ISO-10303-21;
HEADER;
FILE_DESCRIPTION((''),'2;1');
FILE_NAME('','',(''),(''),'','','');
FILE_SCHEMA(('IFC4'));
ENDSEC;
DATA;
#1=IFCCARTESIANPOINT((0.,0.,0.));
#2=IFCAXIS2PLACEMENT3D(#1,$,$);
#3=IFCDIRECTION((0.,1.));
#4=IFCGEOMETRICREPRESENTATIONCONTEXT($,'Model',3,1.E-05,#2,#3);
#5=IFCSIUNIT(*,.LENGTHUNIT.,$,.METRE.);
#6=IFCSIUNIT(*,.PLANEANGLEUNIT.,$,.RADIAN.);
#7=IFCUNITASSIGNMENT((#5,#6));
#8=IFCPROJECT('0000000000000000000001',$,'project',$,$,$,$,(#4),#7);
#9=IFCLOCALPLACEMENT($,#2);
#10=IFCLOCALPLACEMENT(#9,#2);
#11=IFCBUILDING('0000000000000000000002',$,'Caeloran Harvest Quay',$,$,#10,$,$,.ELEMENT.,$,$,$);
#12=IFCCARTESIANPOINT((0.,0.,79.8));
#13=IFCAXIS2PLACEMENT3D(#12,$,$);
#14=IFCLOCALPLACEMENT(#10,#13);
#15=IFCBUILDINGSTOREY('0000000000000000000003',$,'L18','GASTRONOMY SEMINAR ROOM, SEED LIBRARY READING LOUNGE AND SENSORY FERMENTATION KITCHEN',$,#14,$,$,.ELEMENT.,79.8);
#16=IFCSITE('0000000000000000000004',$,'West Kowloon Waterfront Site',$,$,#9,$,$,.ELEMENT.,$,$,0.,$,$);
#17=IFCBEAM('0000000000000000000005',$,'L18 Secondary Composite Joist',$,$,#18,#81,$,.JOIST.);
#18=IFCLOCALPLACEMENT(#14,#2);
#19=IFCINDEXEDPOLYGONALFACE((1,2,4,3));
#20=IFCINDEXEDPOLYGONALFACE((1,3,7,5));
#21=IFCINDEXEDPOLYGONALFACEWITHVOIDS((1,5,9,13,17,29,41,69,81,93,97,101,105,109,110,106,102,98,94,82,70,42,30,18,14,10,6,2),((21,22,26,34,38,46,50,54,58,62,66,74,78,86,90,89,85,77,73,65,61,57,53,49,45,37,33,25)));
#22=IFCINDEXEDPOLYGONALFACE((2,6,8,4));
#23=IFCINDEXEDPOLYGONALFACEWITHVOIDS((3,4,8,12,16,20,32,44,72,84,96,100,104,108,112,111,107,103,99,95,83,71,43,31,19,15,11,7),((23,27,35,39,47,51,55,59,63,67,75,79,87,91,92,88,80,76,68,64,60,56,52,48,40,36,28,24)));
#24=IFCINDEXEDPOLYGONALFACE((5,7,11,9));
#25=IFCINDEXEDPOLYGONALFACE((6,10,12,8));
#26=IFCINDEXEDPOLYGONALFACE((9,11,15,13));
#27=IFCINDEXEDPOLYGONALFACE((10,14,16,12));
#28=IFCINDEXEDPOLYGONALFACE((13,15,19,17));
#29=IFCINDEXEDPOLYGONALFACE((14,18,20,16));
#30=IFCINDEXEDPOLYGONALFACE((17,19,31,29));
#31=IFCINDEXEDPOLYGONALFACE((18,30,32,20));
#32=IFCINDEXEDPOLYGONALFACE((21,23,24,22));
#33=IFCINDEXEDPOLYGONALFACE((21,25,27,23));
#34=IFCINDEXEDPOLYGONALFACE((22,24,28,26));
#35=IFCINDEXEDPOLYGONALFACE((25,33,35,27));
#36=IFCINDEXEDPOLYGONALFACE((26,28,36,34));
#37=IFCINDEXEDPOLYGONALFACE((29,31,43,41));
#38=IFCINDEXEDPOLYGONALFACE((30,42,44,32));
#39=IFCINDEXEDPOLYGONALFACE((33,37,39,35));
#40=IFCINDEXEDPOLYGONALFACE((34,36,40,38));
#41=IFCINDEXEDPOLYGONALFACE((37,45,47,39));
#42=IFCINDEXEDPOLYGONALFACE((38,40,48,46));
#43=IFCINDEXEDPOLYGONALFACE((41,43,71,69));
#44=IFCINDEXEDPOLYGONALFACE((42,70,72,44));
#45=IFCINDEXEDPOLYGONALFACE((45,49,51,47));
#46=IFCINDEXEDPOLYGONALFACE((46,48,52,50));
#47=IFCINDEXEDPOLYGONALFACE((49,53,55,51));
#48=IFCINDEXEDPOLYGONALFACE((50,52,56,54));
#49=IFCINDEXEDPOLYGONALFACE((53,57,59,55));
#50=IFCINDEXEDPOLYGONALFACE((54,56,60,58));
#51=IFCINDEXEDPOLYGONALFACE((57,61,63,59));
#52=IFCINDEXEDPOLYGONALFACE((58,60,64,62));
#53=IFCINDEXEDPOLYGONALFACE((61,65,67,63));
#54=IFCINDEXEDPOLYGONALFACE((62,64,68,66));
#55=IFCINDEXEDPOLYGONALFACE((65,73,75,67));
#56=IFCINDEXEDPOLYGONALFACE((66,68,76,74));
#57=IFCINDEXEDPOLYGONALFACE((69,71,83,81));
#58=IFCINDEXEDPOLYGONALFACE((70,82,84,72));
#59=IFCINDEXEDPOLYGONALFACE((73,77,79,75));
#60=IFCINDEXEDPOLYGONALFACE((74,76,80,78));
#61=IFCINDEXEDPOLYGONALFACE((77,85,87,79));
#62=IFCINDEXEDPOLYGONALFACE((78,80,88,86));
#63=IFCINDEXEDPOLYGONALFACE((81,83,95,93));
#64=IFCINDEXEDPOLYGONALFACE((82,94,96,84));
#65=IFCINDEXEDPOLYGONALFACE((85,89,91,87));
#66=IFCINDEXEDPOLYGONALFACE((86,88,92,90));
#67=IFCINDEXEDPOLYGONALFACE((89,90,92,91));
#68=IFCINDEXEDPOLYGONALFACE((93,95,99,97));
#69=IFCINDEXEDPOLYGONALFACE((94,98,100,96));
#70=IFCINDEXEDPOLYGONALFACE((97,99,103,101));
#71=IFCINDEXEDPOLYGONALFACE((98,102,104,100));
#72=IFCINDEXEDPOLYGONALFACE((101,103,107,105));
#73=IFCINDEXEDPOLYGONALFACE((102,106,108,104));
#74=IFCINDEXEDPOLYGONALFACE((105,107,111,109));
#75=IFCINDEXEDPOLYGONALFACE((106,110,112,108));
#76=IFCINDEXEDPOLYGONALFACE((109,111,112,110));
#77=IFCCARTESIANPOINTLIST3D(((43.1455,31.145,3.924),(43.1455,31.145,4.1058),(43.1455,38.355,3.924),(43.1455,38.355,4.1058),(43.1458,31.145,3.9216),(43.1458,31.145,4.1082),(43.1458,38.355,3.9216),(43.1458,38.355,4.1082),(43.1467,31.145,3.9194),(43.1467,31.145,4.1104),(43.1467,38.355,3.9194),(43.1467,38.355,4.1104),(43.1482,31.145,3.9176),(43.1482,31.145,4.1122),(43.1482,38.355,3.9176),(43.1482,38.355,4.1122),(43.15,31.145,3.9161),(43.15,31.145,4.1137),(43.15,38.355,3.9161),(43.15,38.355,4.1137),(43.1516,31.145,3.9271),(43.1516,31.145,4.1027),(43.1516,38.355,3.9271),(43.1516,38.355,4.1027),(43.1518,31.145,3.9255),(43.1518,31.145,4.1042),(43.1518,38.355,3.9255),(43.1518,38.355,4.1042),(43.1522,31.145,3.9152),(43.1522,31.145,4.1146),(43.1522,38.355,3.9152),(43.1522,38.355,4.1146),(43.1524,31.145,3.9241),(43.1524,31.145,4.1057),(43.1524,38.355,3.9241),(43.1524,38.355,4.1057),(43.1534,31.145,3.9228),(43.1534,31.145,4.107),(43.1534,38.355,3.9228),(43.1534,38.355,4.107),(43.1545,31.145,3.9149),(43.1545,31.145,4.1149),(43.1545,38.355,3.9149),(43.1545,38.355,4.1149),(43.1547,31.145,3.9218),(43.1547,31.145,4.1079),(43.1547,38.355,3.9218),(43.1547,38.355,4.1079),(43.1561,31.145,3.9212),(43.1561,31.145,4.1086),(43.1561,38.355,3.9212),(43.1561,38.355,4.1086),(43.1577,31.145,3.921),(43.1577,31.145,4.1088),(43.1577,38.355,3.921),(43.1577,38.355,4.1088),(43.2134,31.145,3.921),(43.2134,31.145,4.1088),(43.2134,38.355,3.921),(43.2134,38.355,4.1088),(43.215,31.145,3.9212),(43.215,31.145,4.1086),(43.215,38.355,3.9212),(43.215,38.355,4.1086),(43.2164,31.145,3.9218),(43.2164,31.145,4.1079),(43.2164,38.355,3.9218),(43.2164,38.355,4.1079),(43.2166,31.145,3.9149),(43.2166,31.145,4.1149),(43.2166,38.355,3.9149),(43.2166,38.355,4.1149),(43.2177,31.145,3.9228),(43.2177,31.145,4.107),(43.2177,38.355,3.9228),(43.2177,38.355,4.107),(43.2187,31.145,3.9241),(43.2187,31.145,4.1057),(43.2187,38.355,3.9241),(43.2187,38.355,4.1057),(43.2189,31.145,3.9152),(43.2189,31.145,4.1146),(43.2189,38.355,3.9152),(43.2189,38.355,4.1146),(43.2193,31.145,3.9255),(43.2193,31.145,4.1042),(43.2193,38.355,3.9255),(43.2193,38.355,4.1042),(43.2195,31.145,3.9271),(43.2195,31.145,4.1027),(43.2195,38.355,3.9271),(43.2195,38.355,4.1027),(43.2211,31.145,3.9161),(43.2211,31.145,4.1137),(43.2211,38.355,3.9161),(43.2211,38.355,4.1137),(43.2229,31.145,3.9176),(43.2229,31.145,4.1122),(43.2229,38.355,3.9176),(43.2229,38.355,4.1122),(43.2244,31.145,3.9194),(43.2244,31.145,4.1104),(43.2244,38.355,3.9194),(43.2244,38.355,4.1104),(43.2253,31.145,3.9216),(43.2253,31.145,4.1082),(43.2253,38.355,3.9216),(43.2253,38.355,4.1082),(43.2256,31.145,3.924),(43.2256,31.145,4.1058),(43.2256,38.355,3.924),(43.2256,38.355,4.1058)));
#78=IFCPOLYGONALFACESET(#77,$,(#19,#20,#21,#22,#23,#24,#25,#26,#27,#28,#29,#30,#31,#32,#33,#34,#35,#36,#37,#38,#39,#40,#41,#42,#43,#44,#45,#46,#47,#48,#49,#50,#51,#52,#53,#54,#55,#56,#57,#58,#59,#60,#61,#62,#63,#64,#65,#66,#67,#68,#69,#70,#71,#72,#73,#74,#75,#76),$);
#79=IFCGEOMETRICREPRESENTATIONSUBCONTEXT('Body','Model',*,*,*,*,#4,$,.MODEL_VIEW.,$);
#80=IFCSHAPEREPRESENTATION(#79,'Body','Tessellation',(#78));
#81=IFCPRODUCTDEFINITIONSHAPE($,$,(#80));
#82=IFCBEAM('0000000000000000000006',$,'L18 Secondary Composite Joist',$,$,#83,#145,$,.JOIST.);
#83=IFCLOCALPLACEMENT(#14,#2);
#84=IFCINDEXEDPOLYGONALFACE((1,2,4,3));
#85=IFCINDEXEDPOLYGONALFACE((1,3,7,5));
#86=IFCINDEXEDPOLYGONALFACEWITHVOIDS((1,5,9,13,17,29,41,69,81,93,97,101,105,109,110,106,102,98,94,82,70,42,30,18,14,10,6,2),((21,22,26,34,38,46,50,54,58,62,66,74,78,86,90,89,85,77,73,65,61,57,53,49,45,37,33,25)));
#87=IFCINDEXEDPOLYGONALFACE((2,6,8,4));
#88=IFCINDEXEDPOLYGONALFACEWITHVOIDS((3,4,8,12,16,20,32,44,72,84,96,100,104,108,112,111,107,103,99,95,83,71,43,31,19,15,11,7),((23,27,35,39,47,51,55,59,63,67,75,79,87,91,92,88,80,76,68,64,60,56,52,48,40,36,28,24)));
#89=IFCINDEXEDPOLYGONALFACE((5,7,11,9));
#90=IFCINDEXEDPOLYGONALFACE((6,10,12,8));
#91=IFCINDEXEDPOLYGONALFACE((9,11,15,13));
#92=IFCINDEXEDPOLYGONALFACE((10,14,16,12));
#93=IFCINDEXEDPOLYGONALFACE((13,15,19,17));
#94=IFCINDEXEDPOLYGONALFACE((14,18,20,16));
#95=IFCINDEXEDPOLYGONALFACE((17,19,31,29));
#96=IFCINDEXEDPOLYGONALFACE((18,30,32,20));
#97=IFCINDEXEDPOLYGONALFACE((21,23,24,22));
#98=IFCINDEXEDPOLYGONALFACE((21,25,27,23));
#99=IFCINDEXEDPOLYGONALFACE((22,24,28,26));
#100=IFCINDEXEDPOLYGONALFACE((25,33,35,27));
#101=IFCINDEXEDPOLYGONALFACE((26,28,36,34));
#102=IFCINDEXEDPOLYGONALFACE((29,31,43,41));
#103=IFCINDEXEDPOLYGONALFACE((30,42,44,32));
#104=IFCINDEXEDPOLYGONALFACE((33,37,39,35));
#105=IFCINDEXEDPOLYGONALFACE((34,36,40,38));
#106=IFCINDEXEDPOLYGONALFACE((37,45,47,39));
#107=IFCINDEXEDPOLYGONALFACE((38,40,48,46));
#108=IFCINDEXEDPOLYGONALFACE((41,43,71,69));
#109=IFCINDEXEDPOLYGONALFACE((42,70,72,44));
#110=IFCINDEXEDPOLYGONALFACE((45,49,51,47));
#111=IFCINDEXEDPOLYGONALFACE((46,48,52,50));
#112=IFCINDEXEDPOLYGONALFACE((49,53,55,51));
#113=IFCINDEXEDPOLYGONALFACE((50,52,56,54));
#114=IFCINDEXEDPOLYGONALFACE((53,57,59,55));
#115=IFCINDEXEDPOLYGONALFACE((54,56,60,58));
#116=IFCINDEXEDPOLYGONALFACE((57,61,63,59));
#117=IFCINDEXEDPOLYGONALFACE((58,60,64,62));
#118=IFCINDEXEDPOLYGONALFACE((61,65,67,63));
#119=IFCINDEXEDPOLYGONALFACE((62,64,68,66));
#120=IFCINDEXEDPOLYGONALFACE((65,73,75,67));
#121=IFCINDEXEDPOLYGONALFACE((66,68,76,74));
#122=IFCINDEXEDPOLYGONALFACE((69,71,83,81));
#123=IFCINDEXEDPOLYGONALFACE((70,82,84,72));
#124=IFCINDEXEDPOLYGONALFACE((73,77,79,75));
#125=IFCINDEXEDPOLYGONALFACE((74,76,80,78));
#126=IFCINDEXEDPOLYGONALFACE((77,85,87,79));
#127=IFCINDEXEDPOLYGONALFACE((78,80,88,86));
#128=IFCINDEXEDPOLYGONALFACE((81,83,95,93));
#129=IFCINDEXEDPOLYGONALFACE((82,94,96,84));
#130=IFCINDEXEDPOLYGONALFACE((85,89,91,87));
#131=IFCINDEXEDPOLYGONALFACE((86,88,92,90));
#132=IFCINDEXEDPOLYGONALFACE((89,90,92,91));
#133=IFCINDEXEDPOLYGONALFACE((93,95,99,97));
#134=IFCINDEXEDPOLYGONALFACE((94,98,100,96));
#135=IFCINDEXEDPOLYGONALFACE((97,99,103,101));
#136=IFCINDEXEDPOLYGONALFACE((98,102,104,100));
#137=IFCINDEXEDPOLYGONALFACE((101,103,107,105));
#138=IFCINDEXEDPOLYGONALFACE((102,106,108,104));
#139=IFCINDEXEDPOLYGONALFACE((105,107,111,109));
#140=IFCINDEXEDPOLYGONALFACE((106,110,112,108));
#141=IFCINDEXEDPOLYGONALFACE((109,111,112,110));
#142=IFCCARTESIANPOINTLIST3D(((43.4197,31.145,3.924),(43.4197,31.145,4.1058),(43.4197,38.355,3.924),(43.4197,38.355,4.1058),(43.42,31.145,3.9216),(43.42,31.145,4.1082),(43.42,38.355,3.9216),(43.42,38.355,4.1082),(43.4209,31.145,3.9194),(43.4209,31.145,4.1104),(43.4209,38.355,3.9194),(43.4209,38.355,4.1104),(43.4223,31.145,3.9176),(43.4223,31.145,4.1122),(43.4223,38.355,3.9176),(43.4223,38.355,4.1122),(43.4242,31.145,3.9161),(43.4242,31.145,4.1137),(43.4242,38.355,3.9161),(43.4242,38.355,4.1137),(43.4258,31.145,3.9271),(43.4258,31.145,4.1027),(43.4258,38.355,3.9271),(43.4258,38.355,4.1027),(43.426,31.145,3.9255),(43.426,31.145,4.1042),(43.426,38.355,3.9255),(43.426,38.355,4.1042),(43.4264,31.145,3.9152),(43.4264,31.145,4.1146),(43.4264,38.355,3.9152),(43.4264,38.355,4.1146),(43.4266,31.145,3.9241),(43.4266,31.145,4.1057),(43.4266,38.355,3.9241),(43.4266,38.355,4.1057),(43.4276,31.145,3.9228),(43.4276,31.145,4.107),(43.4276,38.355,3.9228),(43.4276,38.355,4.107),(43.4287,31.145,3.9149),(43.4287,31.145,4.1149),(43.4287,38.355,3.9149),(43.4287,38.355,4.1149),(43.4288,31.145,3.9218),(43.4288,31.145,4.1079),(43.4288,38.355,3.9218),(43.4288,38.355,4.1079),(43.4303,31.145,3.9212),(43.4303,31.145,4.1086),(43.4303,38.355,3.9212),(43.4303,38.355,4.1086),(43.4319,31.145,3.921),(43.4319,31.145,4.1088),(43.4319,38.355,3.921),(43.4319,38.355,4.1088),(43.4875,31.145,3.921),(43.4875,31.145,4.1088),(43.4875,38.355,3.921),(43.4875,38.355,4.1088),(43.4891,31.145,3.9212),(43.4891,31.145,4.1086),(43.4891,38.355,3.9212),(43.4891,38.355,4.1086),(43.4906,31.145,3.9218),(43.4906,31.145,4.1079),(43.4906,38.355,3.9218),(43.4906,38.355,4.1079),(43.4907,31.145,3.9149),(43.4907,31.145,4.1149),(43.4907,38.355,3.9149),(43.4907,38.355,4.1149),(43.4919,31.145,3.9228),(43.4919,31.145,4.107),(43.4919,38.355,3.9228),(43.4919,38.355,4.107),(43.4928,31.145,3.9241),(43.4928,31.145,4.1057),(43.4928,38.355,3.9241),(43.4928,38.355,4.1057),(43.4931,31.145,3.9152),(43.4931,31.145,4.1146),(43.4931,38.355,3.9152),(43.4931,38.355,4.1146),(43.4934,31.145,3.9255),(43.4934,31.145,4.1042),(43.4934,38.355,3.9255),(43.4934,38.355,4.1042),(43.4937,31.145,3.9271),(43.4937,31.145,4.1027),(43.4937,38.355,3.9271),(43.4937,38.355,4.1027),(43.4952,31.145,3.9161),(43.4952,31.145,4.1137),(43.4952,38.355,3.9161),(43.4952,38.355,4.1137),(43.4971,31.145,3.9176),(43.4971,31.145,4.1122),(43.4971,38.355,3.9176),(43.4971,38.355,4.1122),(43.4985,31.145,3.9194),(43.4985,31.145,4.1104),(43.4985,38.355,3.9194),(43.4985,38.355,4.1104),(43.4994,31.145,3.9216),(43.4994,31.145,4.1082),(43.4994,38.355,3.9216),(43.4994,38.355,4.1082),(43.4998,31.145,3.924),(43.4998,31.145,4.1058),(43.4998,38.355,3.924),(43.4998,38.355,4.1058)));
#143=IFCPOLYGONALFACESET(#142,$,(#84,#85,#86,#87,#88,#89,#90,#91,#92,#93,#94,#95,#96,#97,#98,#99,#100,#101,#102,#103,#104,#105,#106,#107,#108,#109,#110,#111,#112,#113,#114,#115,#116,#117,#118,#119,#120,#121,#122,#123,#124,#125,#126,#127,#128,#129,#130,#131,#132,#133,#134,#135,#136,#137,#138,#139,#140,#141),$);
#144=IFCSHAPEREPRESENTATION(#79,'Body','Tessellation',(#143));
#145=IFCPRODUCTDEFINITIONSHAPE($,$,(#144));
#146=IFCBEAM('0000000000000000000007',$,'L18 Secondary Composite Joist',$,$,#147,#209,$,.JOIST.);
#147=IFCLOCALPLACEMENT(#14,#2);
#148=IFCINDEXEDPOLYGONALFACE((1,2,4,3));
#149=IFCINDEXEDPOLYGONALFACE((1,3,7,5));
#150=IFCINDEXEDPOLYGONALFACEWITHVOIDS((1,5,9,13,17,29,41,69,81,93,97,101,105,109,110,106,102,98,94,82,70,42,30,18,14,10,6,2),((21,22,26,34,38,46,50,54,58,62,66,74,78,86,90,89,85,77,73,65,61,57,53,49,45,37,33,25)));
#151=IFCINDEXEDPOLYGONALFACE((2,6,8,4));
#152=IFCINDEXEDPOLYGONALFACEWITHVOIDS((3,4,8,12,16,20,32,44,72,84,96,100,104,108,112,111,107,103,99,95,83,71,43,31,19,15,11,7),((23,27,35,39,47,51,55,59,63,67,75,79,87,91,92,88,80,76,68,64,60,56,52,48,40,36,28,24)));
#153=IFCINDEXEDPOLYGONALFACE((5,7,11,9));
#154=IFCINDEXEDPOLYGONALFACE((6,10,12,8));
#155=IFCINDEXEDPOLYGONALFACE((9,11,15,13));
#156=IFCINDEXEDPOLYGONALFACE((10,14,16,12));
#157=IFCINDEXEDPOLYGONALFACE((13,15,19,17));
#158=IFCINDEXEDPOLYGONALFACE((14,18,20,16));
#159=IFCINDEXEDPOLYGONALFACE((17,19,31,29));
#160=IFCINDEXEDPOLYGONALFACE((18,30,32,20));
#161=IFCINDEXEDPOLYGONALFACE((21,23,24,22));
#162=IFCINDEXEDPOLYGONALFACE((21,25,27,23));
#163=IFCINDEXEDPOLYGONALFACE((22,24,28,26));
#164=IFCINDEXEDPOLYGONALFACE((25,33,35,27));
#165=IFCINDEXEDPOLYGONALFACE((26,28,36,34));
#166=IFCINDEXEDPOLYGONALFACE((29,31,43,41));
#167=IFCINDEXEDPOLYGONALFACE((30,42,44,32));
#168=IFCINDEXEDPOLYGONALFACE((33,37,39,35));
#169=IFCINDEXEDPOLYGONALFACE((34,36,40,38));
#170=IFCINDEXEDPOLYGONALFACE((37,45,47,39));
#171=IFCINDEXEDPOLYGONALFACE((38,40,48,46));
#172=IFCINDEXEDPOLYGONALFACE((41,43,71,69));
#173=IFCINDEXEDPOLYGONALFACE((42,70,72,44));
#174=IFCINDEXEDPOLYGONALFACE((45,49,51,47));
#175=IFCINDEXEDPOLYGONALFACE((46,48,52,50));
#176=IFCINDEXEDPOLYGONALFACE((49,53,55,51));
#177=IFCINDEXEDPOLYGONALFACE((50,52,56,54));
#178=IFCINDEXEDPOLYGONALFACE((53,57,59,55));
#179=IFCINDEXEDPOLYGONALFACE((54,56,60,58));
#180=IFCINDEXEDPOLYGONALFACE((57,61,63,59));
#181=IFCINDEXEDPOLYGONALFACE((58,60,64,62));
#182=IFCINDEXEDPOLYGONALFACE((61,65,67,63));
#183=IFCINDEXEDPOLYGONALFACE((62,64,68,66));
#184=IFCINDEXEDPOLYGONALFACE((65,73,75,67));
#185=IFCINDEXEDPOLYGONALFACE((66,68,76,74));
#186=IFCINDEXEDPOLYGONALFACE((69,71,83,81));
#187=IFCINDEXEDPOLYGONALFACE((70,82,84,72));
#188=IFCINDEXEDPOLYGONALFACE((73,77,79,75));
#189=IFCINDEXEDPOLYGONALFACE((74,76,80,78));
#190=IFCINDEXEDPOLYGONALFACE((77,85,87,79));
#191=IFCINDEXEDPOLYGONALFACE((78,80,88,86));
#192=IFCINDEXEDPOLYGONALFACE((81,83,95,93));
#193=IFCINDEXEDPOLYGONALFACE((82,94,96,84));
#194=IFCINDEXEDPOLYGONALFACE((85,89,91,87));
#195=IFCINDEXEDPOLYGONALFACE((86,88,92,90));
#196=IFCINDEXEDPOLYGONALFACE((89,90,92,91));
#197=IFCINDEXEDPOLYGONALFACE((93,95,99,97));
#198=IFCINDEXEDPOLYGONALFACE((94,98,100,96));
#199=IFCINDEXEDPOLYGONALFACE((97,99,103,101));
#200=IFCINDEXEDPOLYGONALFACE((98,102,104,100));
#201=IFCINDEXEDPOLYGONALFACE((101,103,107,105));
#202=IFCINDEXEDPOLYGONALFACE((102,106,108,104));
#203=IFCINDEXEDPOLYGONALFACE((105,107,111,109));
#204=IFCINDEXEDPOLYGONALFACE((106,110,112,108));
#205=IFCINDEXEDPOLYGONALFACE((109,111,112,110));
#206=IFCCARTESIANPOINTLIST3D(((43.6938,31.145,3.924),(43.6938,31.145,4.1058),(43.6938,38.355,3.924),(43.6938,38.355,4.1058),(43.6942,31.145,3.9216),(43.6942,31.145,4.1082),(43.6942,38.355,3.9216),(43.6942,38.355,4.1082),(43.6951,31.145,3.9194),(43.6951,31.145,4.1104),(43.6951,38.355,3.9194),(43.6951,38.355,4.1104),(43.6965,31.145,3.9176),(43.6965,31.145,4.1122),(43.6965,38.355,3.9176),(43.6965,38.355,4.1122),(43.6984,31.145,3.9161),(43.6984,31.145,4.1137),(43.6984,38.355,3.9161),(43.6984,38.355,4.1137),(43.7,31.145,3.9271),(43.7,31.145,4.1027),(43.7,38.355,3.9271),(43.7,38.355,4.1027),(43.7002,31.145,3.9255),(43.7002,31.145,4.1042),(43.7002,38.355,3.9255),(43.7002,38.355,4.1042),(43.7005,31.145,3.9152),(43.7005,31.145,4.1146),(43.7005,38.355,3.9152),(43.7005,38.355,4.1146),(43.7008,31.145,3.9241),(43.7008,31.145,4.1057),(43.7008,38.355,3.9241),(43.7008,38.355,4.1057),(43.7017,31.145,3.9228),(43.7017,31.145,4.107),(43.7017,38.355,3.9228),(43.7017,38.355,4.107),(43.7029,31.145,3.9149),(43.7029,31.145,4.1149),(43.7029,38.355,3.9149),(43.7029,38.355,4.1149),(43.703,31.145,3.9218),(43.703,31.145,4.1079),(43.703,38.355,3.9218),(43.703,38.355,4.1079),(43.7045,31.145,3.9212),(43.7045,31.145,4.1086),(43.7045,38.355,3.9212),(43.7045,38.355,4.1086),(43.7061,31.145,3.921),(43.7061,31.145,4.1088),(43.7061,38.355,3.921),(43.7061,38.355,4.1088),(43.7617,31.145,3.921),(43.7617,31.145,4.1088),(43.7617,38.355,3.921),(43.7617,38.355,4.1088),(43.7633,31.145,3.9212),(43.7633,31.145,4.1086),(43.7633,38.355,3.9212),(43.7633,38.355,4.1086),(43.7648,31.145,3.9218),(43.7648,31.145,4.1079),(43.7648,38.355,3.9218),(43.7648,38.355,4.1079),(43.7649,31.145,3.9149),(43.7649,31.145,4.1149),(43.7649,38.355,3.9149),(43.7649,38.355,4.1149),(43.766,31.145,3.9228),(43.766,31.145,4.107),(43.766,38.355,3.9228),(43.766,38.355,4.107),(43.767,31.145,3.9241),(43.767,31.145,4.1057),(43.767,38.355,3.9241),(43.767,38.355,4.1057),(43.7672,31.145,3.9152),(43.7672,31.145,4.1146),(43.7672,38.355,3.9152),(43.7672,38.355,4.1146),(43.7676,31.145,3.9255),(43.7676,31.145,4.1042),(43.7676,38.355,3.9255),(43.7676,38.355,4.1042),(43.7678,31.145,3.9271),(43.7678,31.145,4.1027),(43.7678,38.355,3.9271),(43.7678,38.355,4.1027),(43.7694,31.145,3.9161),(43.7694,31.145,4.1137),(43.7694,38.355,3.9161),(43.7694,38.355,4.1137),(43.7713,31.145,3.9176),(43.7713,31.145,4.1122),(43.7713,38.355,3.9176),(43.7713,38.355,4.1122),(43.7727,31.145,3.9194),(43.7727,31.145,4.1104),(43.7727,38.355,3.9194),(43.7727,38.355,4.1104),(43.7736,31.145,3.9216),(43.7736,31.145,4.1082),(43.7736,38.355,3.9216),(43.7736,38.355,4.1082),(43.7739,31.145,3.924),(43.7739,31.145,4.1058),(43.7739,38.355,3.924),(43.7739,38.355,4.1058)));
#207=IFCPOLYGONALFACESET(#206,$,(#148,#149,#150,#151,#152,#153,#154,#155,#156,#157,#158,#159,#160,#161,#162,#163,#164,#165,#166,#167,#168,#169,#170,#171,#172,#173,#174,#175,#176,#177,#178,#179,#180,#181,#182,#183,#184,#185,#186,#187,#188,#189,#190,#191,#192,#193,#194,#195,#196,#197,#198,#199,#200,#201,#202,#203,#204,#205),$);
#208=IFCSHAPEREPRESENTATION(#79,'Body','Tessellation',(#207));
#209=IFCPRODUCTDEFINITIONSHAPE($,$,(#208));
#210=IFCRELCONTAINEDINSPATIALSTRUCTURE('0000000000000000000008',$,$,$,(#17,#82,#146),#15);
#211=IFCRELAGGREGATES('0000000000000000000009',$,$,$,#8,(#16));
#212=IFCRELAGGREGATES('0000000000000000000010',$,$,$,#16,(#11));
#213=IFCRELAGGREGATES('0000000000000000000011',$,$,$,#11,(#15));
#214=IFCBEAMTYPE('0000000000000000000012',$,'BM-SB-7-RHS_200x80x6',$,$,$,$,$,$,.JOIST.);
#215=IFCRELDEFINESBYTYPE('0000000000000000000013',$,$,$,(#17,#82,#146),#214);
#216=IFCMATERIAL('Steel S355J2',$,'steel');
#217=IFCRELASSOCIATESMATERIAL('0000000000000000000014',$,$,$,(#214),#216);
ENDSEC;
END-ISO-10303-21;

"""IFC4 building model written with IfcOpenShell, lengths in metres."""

from ifc_helpers import new_model, si_unit, direction, frame, origin, origin_2d, place, context, subcontext, project, spatial, hollow_rectangle, extrude, material, material_profile, profile_set, type_object, element, save


model = new_model("IFC4")

# Units and contexts
model_context = context("Model", 3, precision=1e-05, world=origin(), true_north=direction((0.0, 1.0)))
body_context = subcontext(model_context, "Body", "Model", "MODEL_VIEW")
ifc_project = project(units=[si_unit("LENGTHUNIT", "METRE"), si_unit("PLANEANGLEUNIT", "RADIAN")], contexts=[model_context])

# Site, building, storey
site_placement = place(None, origin())
site = spatial("IfcSite", under=ifc_project, at=site_placement, Name="West Kowloon Waterfront Site", CompositionType="ELEMENT", RefElevation=0.0)
building_placement = place(site_placement, origin())
building = spatial("IfcBuilding", under=site, at=building_placement, Name="Caeloran Harvest Quay", CompositionType="ELEMENT")
storey_placement = place(building_placement, frame((0.0, 0.0, 79.8)))
storey = spatial("IfcBuildingStorey", under=building, at=storey_placement, Name="L18", Description="GASTRONOMY SEMINAR ROOM, SEED LIBRARY READING LOUNGE AND SENSORY FERMENTATION KITCHEN", CompositionType="ELEMENT", Elevation=79.8)

# Beams
ifc_material_1 = material(Name="Steel S355J2", Category="steel")
ifc_material_profile_1 = material_profile(ifc_material_1, hollow_rectangle(XDim=0.0801, YDim=0.2, WallThickness=0.0061, InnerFilletRadius=0.0061, OuterFilletRadius=0.009, at=origin_2d()), Name="RHS 200x80x6")
ifc_profile_set_1 = profile_set([ifc_material_profile_1], Name="Steel S355J2")
beam_type_1 = type_object("IfcBeamType", Name="BM-SB-7-RHS_200x80x6", PredefinedType="JOIST", material=ifc_profile_set_1)
for number, where, z_axis, x_axis, name in (
    (1, (43.1855, 31.145, 4.0149), (0.0, 1.0, 0.0), (-1.0, 0.0, 0.0), "L18 Secondary Composite Joist"),
    (2, (43.4597, 31.145, 4.0149), (0.0, 1.0, 0.0), (-1.0, 0.0, 0.0), "L18 Secondary Composite Joist"),
    (3, (43.7339, 31.145, 4.0149), (0.0, 1.0, 0.0), (-1.0, 0.0, 0.0), "L18 Secondary Composite Joist"),
):
    element("IfcBeam", number, at=place(storey_placement, frame(where, z_axis=z_axis, x_axis=x_axis)), inside=storey, type_object=beam_type_1, Name=name, PredefinedType="JOIST", context=body_context, shape_type="SweptSolid", body=[
        extrude(hollow_rectangle(XDim=0.0801, YDim=0.2, WallThickness=0.0061, InnerFilletRadius=0.0061, OuterFilletRadius=0.009, at=origin_2d()), origin(), (0.0, 0.0, 1.0), 7.21),
    ])

save(model, "model.ifc")
